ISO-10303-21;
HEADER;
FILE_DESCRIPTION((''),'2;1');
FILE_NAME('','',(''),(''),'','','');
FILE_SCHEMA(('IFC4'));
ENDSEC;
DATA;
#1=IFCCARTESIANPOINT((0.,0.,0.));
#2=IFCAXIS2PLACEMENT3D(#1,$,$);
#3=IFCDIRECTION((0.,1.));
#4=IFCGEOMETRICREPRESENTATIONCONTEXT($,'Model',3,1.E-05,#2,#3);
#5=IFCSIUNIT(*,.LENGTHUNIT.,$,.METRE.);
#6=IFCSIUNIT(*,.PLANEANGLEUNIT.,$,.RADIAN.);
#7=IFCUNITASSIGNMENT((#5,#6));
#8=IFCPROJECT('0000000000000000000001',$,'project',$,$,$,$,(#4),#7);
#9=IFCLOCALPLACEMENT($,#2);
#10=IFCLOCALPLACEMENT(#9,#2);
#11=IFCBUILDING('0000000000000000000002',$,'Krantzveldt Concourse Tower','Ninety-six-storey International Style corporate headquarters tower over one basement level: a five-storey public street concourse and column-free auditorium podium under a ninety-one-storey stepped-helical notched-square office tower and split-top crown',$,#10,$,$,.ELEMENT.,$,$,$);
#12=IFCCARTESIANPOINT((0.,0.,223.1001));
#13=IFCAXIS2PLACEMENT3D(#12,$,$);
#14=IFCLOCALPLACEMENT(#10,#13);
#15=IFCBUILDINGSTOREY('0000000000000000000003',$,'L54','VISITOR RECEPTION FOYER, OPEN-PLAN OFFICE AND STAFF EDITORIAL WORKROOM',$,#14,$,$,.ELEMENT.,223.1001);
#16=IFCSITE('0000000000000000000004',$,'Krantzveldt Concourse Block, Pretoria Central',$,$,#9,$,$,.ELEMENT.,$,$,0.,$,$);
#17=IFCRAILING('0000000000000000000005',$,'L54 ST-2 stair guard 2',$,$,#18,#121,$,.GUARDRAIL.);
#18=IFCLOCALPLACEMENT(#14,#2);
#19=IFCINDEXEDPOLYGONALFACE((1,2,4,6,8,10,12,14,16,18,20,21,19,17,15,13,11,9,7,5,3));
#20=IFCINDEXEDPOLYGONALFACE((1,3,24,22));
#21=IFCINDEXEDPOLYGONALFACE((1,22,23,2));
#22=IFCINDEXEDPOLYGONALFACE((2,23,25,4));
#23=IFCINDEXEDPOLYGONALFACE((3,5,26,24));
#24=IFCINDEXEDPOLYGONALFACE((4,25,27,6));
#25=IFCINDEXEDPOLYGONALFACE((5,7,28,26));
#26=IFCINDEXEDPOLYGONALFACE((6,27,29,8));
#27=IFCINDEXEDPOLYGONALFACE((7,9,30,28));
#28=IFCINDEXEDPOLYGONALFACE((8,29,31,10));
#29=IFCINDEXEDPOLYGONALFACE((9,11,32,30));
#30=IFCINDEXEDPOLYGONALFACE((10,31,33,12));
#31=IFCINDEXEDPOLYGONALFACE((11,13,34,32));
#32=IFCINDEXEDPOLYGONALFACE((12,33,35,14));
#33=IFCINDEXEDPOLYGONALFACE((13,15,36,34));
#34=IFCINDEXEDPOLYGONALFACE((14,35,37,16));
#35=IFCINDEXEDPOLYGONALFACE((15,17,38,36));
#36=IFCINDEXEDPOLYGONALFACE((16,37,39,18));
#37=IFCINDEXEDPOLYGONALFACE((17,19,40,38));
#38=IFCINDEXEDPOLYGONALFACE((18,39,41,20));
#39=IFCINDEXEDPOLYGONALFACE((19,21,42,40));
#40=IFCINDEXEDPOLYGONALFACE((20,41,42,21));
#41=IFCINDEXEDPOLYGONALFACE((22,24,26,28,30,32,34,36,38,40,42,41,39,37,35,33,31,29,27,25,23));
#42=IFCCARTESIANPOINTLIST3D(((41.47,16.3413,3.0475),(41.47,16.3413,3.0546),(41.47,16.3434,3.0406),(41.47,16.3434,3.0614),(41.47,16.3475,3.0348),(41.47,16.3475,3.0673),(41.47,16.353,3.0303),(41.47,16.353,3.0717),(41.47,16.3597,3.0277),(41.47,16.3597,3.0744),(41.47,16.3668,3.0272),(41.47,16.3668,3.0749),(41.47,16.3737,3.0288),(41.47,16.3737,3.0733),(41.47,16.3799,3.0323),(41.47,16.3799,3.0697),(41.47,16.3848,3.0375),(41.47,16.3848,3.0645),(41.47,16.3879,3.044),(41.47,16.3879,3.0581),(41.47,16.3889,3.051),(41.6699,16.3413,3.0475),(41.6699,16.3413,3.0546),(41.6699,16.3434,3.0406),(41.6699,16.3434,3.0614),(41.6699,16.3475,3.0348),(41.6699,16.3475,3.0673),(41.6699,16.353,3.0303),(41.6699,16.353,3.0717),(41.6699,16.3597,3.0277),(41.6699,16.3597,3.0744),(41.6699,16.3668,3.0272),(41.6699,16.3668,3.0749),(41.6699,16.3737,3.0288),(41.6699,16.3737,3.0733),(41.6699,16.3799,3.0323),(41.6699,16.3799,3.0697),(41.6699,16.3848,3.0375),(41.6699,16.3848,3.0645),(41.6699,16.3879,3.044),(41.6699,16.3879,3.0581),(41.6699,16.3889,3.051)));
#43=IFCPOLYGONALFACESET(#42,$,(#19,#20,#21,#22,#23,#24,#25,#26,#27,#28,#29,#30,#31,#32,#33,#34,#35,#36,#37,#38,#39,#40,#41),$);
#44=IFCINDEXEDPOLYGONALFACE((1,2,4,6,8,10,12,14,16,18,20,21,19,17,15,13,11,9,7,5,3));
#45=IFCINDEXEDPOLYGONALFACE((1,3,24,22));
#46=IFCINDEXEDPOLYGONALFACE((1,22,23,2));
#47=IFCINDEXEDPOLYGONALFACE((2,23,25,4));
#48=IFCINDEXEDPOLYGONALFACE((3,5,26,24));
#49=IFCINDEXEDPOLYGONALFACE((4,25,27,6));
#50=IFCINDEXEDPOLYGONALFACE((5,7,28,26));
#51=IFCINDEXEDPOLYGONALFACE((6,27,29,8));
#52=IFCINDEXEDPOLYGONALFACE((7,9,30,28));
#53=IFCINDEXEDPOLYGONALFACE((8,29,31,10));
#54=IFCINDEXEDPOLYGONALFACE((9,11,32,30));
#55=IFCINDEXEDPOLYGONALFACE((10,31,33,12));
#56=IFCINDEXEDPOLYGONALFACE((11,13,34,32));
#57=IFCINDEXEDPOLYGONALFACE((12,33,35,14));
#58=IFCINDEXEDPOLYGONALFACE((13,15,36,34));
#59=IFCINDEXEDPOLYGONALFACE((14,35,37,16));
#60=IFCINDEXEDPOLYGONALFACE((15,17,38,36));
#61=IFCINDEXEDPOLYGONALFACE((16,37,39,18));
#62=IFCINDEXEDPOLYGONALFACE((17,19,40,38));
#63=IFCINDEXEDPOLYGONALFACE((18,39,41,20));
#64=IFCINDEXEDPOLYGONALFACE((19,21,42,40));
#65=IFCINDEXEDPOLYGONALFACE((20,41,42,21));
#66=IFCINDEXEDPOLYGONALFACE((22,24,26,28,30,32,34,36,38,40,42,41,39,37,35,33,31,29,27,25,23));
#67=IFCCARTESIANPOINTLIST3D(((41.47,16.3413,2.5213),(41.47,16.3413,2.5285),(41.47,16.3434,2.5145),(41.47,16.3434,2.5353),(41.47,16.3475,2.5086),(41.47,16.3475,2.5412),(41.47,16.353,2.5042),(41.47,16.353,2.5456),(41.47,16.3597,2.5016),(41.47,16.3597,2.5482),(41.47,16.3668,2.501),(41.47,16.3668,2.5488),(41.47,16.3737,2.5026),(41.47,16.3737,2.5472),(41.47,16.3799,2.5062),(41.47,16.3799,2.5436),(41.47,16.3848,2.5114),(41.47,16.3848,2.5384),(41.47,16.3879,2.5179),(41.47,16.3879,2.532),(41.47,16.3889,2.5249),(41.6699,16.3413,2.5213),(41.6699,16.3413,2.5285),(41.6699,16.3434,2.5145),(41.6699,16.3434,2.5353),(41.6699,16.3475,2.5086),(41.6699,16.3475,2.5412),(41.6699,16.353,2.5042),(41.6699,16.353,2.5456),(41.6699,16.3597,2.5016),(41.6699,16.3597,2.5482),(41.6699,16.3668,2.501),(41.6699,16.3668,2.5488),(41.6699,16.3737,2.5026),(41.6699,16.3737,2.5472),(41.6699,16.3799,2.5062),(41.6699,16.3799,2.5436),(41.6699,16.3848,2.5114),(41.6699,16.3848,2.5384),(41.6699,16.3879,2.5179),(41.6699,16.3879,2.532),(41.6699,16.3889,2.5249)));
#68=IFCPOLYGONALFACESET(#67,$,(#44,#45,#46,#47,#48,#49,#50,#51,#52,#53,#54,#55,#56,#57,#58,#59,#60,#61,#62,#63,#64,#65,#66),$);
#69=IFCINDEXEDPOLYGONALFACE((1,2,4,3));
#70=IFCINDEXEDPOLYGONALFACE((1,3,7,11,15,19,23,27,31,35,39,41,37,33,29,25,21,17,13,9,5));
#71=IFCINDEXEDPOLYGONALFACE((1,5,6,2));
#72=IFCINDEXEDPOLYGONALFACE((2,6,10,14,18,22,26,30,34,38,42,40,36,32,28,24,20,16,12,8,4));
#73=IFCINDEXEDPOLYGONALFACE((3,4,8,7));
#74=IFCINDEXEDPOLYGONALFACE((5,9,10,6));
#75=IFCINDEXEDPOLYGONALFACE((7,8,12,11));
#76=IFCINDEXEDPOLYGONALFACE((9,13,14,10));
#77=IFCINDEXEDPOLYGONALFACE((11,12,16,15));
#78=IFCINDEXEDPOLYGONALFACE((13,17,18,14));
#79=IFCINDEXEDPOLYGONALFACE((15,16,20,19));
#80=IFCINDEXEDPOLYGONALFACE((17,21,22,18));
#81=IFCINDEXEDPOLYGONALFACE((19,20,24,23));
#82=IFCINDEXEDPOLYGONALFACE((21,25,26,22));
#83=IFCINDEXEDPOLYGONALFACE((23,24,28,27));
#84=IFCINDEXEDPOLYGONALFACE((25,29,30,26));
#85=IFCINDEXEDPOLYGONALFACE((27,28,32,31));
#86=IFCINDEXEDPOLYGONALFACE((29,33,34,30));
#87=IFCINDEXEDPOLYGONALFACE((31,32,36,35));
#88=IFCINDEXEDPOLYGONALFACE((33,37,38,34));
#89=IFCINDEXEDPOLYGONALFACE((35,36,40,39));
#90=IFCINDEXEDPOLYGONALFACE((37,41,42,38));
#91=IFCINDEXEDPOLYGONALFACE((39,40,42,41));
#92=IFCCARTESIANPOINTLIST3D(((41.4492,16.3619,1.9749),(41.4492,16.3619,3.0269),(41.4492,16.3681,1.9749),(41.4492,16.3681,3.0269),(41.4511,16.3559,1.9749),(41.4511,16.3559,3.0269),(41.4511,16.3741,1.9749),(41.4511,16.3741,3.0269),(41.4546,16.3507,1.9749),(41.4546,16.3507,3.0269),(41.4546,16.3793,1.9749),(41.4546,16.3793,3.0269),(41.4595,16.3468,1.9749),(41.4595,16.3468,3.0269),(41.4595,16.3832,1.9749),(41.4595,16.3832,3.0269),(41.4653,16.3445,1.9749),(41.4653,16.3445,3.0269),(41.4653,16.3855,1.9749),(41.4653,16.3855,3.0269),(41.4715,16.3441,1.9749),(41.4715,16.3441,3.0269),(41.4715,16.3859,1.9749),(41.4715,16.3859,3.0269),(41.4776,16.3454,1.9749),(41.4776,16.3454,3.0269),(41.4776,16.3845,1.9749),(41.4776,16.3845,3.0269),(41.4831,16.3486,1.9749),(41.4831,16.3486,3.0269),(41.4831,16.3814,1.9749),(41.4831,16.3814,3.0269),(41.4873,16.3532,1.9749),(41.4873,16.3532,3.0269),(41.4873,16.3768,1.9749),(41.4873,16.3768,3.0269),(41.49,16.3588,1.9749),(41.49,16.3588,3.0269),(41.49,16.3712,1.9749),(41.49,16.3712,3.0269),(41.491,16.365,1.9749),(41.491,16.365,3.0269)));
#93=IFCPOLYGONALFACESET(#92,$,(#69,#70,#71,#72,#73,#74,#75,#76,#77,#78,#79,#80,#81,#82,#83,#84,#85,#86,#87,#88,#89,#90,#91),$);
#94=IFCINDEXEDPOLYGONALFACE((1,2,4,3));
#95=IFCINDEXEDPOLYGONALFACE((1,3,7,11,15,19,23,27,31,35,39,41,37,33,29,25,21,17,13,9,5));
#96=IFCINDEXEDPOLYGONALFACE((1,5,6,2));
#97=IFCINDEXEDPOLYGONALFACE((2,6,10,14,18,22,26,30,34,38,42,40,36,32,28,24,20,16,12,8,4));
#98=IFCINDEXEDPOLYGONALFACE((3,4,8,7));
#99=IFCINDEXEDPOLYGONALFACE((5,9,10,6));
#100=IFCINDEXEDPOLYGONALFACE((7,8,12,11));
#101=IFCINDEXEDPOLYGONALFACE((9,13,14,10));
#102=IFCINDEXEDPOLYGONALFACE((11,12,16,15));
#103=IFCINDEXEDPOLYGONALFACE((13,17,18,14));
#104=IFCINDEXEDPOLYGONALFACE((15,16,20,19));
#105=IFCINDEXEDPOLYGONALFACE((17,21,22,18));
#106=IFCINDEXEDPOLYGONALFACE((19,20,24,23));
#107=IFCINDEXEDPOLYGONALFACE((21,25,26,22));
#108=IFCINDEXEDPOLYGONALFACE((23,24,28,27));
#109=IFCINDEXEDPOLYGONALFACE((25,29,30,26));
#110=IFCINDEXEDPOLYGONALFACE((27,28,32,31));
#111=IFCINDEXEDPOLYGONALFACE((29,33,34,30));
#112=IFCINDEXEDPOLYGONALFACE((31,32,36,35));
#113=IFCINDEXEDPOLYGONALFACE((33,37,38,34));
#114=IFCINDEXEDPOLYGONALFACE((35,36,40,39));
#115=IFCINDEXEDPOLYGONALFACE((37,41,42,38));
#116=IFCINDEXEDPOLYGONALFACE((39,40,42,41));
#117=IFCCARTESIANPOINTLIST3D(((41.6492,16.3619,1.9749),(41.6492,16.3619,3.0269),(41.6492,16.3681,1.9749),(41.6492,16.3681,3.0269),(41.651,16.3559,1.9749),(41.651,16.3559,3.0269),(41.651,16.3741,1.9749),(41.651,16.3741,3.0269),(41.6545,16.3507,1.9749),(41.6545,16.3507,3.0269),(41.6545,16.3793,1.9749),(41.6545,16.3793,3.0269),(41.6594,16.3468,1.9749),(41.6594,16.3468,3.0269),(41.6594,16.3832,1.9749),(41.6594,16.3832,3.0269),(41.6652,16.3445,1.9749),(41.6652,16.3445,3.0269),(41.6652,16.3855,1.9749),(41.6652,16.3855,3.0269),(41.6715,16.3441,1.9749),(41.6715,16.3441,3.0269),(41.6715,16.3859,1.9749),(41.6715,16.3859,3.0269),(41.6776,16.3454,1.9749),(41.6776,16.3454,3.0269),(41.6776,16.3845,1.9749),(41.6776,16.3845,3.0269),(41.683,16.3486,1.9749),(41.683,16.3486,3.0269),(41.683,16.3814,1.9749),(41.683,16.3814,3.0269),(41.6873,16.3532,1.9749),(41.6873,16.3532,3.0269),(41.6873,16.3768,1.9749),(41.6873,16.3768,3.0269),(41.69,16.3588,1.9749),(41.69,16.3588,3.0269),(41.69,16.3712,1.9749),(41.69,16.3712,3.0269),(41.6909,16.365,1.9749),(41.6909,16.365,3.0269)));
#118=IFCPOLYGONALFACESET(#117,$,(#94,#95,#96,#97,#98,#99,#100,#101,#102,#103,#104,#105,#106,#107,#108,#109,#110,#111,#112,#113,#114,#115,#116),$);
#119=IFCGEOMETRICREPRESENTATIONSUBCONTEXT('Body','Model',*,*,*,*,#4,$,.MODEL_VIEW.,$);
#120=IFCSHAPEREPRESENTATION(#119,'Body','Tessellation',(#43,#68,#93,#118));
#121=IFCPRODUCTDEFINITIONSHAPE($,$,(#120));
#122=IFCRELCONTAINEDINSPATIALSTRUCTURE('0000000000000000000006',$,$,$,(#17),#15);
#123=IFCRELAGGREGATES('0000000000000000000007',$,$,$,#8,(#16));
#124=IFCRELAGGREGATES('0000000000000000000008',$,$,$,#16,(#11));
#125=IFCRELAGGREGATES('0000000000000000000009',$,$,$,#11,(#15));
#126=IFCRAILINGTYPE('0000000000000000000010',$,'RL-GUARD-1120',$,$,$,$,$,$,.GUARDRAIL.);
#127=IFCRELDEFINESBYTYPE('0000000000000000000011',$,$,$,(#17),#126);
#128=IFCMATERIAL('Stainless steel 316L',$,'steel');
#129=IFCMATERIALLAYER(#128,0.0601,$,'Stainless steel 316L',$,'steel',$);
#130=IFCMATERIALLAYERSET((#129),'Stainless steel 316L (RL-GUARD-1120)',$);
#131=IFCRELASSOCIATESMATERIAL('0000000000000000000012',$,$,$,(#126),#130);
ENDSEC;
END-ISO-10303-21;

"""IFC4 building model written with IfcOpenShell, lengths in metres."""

from ifc_helpers import new_model, si_unit, direction, frame, origin, origin_2d, place, context, subcontext, project, spatial, circle, extrude, material, layer, layer_set, type_object, element, save


model = new_model("IFC4")

# Units and contexts
model_context = context("Model", 3, precision=1e-05, world=origin(), true_north=direction((0.0, 1.0)))
body_context = subcontext(model_context, "Body", "Model", "MODEL_VIEW")
ifc_project = project(units=[si_unit("LENGTHUNIT", "METRE"), si_unit("PLANEANGLEUNIT", "RADIAN")], contexts=[model_context])

# Site, building, storey
site_placement = place(None, origin())
site = spatial("IfcSite", under=ifc_project, at=site_placement, Name="Krantzveldt Concourse Block, Pretoria Central", CompositionType="ELEMENT", RefElevation=0.0)
building_placement = place(site_placement, origin())
building = spatial("IfcBuilding", under=site, at=building_placement, Name="Krantzveldt Concourse Tower", Description="Ninety-six-storey International Style corporate headquarters tower over one basement level: a five-storey public street concourse and column-free auditorium podium under a ninety-one-storey stepped-helical notched-square office tower and split-top crown", CompositionType="ELEMENT")
storey_placement = place(building_placement, frame((0.0, 0.0, 223.1001)))
storey = spatial("IfcBuildingStorey", under=building, at=storey_placement, Name="L54", Description="VISITOR RECEPTION FOYER, OPEN-PLAN OFFICE AND STAFF EDITORIAL WORKROOM", CompositionType="ELEMENT", Elevation=223.1001)

# Shared definitions
ifc_material_1 = material(Name="Stainless steel 316L", Category="steel")

# Railing
ifc_layer_1 = layer(ifc_material_1, 0.0601, Name="Stainless steel 316L", Category="steel")
ifc_layer_set_1 = layer_set([ifc_layer_1], Name="Stainless steel 316L (RL-GUARD-1120)")
railing_type_1 = type_object("IfcRailingType", Name="RL-GUARD-1120", PredefinedType="GUARDRAIL", material=ifc_layer_set_1)
railing_1_placement = place(storey_placement, frame((41.47, 16.365, 1.9749)))
element("IfcRailing", 1, at=railing_1_placement, inside=storey, type_object=railing_type_1, Name="L54 ST-2 stair guard 2", PredefinedType="GUARDRAIL", context=body_context, shape_type="SweptSolid", body=[
    extrude(circle(Radius=0.0239, at=origin_2d()), frame((0.0, 0.0, 1.0762), z_axis=(1.0, 0.0, 0.0), x_axis=(0.0, 1.0, 0.0)), (0.0, 0.0, 1.0), 0.2),
    extrude(circle(Radius=0.0239, at=origin_2d()), frame((0.0, 0.0, 0.55), z_axis=(1.0, 0.0, 0.0), x_axis=(0.0, 1.0, 0.0)), (0.0, 0.0, 1.0), 0.2),
    extrude(circle(Radius=0.021, at=origin_2d()), origin(), (0.0, 0.0, 1.0), 1.052),
    extrude(circle(Radius=0.021, at=origin_2d()), frame((0.2, 0.0, 0.0)), (0.0, 0.0, 1.0), 1.052),
])

save(model, "model.ifc")
